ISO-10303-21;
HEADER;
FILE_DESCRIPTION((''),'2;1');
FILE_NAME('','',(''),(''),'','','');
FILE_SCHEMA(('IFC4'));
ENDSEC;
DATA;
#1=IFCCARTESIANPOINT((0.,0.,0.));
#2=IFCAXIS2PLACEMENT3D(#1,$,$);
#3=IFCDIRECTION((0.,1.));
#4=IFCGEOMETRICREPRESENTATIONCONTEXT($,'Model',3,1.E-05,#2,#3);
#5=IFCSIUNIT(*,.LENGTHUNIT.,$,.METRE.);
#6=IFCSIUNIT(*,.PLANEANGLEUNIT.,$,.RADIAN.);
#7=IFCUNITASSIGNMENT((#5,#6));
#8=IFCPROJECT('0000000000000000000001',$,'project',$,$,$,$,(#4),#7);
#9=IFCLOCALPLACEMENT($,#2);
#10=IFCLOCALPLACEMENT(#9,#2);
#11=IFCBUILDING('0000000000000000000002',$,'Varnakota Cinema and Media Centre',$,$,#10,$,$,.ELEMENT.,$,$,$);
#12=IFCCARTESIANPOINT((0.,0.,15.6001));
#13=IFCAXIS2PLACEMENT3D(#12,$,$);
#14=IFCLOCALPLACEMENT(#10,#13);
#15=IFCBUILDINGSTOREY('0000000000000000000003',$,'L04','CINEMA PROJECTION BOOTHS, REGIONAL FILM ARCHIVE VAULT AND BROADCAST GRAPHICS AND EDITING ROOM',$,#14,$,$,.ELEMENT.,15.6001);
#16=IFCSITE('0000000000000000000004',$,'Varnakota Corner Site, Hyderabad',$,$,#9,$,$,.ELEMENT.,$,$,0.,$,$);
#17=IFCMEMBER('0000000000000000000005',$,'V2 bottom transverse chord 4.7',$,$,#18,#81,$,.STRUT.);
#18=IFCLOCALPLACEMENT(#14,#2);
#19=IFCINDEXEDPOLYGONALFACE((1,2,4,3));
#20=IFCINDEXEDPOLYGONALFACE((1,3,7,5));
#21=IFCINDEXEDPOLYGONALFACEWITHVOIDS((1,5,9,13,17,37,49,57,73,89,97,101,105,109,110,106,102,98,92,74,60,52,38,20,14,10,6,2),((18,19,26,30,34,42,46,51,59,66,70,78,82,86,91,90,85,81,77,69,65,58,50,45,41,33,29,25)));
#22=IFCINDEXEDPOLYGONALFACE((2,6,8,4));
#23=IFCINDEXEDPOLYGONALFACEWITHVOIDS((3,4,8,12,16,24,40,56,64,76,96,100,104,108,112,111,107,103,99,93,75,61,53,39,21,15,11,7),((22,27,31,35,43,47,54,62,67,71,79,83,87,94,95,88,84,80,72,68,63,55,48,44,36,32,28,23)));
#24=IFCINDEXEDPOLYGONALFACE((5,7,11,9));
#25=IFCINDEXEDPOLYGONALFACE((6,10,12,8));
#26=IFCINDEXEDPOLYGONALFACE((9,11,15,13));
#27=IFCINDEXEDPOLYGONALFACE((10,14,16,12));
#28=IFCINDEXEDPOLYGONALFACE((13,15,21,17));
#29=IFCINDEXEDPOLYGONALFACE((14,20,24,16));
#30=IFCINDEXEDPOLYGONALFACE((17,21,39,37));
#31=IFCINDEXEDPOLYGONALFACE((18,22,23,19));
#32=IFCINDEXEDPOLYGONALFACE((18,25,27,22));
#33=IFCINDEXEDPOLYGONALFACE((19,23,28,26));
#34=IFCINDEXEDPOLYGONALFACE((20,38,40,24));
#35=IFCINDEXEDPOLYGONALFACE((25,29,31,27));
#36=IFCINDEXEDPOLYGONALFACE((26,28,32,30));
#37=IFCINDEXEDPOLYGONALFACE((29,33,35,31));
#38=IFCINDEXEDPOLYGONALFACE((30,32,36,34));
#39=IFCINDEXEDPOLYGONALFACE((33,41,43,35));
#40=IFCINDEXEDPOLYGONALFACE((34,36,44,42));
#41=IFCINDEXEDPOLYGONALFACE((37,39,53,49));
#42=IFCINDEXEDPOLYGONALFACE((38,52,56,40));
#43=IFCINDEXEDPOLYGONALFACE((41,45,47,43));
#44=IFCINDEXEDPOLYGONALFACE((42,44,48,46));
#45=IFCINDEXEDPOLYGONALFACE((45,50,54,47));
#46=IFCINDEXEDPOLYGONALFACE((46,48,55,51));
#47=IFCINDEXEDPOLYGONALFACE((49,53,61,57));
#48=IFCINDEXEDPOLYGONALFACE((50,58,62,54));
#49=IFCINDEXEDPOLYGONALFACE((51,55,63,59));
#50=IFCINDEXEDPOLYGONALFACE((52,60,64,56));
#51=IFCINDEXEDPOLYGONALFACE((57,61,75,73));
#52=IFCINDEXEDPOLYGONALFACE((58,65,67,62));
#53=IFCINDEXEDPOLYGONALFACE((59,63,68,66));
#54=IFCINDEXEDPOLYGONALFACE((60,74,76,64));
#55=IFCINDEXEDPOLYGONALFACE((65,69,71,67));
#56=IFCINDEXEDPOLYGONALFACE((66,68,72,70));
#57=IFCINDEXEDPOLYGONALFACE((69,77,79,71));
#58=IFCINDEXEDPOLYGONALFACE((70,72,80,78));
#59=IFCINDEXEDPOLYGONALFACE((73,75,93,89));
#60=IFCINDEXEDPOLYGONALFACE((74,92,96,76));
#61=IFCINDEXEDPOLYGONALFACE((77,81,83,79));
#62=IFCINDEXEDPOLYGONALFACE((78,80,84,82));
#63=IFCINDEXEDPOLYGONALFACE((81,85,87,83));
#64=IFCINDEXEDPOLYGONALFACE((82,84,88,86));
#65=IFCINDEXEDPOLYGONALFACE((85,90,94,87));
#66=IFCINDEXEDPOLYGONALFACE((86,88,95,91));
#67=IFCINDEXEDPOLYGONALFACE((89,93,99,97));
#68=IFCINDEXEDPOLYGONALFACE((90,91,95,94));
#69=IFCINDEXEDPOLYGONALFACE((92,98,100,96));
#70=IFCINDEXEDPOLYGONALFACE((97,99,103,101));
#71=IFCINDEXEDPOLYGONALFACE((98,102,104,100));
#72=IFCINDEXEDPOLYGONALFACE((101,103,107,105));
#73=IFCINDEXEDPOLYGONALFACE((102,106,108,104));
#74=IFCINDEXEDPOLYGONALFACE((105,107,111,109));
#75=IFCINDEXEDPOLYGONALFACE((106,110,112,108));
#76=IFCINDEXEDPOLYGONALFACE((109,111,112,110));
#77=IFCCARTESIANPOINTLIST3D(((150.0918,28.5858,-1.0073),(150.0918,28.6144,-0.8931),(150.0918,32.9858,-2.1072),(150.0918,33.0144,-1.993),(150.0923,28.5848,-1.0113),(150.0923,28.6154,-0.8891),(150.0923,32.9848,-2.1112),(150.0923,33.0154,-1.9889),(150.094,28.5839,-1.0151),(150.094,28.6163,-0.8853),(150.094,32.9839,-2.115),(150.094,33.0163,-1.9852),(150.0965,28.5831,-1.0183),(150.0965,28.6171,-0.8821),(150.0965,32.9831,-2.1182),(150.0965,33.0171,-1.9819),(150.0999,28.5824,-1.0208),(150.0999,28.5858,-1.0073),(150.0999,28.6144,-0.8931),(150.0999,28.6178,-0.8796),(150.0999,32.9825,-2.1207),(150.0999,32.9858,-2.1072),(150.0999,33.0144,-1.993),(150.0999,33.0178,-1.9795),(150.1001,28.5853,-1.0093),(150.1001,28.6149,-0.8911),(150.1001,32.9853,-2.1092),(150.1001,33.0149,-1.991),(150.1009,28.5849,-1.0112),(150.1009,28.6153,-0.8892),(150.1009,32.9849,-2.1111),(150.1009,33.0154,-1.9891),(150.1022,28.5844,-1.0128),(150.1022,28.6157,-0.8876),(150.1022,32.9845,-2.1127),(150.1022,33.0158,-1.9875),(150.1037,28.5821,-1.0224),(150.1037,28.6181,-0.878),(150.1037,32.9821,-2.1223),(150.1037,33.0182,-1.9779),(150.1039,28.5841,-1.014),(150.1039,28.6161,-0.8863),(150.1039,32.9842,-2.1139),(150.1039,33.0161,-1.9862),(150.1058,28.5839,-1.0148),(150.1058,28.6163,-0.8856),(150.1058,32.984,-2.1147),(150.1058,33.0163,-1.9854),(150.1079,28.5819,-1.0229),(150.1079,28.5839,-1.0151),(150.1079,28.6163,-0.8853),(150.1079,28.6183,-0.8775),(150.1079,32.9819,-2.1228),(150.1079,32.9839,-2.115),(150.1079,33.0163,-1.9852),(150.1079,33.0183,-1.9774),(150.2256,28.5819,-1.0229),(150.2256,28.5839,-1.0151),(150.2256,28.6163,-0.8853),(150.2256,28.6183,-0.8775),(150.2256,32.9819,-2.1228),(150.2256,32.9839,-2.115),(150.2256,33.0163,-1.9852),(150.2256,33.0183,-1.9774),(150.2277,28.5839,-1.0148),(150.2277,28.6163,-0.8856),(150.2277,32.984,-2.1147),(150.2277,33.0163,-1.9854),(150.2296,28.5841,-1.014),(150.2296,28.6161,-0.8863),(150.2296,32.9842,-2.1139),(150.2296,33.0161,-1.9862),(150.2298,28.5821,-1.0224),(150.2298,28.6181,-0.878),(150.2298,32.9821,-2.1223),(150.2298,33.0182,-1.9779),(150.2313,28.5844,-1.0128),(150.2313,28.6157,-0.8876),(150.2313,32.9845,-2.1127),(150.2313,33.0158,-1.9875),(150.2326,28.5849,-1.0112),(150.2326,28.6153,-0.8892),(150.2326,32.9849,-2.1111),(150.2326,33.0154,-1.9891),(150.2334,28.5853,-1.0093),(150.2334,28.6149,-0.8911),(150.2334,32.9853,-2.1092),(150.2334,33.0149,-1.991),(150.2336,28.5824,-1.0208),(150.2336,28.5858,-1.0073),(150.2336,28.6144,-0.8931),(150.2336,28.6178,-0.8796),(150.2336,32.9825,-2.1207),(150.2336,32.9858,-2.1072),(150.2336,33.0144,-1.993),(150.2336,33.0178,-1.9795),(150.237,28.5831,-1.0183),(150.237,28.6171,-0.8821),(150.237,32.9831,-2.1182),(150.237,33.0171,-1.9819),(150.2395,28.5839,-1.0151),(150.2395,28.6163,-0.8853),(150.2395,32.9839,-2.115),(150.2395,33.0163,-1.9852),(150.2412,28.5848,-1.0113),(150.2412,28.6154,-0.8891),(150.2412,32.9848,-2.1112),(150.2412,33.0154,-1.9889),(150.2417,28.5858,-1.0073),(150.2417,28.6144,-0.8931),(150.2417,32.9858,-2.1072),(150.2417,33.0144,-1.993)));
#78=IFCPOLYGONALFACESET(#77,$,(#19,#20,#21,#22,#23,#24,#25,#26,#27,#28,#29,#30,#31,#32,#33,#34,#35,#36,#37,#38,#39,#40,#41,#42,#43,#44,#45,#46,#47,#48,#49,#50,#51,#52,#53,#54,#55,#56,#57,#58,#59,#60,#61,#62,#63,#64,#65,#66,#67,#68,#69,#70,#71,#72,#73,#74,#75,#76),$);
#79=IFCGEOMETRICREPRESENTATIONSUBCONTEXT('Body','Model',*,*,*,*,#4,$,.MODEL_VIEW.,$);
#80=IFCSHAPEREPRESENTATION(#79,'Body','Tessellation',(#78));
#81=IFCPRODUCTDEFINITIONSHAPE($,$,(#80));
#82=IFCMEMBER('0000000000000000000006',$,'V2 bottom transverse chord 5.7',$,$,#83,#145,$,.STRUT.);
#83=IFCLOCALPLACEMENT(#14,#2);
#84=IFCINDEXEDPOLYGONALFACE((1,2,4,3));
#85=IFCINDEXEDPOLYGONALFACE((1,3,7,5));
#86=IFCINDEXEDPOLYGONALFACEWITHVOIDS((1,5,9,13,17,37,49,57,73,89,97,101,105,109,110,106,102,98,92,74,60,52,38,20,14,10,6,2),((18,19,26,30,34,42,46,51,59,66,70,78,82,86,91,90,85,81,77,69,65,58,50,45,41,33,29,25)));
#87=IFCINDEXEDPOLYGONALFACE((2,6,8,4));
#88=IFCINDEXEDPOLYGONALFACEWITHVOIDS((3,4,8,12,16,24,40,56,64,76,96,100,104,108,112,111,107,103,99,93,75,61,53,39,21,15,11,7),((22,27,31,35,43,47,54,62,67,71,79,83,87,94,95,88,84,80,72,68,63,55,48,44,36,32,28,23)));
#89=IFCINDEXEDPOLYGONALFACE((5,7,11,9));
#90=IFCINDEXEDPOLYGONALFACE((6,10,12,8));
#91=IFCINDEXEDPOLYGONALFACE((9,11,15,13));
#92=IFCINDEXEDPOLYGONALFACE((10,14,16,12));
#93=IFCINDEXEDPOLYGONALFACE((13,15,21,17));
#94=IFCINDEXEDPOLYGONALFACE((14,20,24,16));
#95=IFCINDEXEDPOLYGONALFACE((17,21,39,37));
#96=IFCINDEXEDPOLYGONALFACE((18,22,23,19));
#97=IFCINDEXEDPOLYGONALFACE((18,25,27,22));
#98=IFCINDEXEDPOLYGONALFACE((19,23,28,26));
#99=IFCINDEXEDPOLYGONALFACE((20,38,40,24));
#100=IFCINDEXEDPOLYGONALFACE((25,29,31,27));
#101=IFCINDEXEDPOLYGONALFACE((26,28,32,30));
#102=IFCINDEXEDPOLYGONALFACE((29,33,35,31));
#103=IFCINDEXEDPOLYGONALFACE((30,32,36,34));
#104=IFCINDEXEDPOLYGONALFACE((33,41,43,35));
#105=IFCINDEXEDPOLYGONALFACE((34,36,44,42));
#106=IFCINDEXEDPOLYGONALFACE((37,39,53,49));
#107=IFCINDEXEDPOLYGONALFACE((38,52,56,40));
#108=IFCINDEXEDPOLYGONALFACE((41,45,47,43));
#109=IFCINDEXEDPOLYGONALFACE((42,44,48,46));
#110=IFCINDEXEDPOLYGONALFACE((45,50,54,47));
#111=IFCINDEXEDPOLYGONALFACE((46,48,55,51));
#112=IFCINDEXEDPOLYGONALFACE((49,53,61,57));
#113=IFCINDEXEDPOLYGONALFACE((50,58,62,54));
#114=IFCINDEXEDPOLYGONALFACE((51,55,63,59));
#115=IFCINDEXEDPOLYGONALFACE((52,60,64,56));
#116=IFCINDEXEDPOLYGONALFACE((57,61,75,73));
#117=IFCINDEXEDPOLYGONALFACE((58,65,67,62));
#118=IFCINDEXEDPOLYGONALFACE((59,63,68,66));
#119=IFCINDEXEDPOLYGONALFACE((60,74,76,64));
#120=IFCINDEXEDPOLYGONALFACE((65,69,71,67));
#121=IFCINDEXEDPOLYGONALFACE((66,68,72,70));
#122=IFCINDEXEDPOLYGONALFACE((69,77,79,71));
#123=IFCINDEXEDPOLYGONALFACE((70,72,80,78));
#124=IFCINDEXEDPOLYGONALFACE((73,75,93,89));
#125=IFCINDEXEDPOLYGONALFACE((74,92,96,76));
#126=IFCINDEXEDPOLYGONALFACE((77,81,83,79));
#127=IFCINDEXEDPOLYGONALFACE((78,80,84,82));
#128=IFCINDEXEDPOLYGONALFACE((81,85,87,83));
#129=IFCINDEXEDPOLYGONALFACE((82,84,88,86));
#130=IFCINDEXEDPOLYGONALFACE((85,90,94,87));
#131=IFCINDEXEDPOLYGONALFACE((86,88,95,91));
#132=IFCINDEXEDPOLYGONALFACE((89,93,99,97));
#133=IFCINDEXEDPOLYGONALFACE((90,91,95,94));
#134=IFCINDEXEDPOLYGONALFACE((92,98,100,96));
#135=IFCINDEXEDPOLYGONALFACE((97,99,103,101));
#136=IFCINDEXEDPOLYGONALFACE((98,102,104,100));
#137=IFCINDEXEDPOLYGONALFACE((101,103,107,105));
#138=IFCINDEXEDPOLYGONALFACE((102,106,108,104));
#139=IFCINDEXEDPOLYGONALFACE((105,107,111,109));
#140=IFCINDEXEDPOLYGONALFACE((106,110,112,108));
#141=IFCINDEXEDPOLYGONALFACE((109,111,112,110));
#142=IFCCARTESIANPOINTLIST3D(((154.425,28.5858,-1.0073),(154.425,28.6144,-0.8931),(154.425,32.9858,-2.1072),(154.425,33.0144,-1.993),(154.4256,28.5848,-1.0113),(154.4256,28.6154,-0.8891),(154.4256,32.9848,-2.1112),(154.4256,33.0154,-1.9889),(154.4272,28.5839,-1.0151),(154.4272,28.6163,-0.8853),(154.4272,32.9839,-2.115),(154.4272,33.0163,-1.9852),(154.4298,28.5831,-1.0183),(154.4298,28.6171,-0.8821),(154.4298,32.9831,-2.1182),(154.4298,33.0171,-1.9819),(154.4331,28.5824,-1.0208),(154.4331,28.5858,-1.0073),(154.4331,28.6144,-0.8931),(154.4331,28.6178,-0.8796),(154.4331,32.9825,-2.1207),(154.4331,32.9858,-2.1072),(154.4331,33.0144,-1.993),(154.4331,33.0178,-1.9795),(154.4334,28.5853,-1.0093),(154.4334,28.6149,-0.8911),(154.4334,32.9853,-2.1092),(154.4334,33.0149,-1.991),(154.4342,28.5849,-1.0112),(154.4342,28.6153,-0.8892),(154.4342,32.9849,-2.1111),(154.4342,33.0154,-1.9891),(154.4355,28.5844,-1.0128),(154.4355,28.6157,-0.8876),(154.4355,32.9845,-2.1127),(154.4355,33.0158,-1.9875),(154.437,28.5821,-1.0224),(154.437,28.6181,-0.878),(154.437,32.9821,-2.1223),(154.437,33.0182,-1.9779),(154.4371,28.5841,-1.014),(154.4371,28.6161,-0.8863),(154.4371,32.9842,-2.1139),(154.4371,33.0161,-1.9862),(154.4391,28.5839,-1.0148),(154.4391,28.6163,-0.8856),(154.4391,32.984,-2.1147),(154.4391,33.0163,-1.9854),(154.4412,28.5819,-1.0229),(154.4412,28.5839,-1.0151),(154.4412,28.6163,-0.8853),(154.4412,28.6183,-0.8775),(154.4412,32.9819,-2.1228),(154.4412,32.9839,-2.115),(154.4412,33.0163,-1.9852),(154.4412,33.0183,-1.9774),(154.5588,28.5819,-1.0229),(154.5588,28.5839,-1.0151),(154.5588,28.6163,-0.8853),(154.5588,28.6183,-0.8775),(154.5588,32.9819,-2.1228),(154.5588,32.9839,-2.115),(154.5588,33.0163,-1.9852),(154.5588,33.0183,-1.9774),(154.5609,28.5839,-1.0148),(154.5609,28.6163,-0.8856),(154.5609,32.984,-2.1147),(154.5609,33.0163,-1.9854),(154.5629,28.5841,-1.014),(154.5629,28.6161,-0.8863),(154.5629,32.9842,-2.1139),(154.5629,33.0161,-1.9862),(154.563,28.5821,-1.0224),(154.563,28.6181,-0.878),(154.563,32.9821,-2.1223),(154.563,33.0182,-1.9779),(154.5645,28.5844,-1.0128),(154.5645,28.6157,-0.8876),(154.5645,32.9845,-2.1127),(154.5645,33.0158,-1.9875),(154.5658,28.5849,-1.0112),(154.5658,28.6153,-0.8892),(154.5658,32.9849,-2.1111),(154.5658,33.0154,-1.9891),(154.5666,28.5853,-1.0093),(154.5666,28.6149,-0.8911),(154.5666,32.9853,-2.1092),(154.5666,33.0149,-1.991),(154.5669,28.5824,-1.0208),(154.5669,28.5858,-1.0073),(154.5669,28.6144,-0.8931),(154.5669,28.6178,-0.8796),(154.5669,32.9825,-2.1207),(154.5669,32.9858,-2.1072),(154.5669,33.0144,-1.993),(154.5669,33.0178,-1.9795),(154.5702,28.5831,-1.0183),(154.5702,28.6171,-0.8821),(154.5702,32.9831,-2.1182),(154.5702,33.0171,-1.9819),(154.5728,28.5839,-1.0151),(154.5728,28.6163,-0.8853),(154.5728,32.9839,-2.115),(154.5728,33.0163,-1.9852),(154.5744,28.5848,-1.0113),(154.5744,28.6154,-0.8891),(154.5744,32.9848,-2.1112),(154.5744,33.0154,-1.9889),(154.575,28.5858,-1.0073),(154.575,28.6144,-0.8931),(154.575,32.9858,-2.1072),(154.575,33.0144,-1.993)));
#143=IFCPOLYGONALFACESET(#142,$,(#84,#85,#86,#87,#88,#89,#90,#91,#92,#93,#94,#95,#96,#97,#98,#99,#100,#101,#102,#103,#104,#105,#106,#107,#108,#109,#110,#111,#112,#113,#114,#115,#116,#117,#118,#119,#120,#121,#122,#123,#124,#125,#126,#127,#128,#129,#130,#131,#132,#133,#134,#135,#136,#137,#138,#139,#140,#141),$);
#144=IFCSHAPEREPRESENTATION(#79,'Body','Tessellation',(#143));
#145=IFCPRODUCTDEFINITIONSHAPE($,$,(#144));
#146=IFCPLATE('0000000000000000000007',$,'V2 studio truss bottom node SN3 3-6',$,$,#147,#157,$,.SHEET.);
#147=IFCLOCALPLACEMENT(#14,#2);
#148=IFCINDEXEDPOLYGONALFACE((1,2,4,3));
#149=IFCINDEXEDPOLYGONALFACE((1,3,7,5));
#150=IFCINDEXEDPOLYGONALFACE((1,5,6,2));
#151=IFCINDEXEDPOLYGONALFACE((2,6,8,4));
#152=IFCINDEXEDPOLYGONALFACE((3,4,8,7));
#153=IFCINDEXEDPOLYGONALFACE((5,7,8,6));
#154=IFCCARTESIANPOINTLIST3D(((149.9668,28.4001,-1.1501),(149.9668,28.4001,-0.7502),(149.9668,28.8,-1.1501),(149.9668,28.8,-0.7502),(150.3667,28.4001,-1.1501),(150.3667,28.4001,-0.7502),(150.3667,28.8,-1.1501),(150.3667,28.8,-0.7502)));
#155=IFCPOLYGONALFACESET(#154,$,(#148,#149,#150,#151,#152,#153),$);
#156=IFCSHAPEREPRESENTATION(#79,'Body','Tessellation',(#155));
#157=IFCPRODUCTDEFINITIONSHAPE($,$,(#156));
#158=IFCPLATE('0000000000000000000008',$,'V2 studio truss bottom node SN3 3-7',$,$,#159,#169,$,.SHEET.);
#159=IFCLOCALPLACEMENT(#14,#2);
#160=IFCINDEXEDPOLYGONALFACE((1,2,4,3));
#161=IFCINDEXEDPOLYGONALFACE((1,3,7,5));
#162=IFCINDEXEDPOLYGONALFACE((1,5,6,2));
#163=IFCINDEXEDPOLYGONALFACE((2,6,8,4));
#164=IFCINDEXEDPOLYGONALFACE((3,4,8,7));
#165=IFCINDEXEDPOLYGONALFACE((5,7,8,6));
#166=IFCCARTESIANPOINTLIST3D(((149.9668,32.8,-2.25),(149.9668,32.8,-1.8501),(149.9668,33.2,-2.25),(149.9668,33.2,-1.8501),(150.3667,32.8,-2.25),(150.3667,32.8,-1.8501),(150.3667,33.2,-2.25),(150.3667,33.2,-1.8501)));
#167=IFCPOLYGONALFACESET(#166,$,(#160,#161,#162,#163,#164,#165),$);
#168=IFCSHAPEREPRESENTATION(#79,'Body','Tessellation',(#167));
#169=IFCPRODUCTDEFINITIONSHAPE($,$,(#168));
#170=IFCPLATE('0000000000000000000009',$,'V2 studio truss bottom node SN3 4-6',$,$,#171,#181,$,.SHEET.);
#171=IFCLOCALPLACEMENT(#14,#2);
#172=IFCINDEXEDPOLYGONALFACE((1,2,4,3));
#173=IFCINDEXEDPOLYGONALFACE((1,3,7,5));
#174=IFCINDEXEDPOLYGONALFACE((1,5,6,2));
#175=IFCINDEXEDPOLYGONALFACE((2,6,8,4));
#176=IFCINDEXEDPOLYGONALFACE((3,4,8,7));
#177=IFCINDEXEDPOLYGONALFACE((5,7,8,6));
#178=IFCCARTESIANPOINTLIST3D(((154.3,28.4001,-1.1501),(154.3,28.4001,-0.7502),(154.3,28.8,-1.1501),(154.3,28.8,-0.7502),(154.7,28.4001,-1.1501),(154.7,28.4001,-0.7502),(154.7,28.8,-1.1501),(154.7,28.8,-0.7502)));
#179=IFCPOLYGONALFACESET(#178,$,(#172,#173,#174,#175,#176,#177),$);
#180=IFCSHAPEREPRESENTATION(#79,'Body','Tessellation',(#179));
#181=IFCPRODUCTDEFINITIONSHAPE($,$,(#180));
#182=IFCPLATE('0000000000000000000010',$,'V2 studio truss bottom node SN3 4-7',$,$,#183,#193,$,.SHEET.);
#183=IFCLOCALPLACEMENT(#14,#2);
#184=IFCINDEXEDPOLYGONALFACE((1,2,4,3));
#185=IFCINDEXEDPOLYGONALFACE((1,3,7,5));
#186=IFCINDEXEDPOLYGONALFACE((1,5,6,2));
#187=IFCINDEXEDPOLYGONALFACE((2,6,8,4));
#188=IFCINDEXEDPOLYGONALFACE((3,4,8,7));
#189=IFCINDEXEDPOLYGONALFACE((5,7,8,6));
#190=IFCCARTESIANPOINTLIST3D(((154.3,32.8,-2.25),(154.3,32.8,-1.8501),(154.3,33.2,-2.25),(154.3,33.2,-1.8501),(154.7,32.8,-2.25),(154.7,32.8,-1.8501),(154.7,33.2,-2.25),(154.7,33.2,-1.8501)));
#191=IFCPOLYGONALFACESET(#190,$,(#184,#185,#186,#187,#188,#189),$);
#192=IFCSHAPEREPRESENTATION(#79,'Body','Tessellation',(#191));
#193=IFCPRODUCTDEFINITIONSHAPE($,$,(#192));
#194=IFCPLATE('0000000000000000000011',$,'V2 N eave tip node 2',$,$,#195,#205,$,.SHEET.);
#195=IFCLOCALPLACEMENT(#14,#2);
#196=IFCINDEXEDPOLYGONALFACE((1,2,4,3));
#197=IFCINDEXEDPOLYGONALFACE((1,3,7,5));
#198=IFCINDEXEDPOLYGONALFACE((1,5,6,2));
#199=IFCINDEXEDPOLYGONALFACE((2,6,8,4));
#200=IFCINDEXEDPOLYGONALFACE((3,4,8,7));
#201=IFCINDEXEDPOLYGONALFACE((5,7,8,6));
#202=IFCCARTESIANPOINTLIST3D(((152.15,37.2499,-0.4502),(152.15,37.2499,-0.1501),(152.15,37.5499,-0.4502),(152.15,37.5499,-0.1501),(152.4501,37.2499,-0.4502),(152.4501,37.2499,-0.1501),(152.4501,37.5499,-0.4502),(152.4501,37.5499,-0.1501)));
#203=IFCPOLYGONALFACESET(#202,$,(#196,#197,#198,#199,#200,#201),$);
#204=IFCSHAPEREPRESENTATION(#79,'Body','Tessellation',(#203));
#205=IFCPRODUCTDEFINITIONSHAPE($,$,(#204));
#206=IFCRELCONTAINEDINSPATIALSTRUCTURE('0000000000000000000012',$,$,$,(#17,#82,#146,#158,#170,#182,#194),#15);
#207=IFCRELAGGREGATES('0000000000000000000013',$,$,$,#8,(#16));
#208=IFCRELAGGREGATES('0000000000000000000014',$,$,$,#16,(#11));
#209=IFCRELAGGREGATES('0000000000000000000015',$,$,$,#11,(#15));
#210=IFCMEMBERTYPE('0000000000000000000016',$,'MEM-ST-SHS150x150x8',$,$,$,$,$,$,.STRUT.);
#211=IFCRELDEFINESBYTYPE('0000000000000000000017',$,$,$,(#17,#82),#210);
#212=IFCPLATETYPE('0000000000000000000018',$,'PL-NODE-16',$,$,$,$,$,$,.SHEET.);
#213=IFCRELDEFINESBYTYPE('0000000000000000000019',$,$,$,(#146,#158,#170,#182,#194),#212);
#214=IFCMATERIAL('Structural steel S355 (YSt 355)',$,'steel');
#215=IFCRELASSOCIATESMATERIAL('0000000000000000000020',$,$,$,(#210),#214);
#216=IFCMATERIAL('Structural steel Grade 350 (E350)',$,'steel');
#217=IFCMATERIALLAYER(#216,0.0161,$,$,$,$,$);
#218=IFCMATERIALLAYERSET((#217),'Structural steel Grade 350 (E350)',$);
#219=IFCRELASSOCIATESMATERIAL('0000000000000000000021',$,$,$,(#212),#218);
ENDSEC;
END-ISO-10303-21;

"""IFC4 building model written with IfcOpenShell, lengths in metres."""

from ifc_helpers import new_model, si_unit, direction, frame, origin, origin_2d, place, context, subcontext, project, spatial, rectangle, hollow_rectangle, extrude, material, layer, layer_set, material_profile, profile_set, type_object, element, save


model = new_model("IFC4")

# Units and contexts
model_context = context("Model", 3, precision=1e-05, world=origin(), true_north=direction((0.0, 1.0)))
body_context = subcontext(model_context, "Body", "Model", "MODEL_VIEW")
ifc_project = project(units=[si_unit("LENGTHUNIT", "METRE"), si_unit("PLANEANGLEUNIT", "RADIAN")], contexts=[model_context])

# Site, building, storey
site_placement = place(None, origin())
site = spatial("IfcSite", under=ifc_project, at=site_placement, Name="Varnakota Corner Site, Hyderabad", CompositionType="ELEMENT", RefElevation=0.0)
building_placement = place(site_placement, origin())
building = spatial("IfcBuilding", under=site, at=building_placement, Name="Varnakota Cinema and Media Centre", CompositionType="ELEMENT")
storey_placement = place(building_placement, frame((0.0, 0.0, 15.6001)))
storey = spatial("IfcBuildingStorey", under=building, at=storey_placement, Name="L04", Description="CINEMA PROJECTION BOOTHS, REGIONAL FILM ARCHIVE VAULT AND BROADCAST GRAPHICS AND EDITING ROOM", CompositionType="ELEMENT", Elevation=15.6001)

# Members
ifc_material_1 = material(Name="Structural steel S355 (YSt 355)", Category="steel")
ifc_material_profile_1 = material_profile(ifc_material_1, hollow_rectangle(XDim=0.1499, YDim=0.1499, WallThickness=0.0081, InnerFilletRadius=0.0081, OuterFilletRadius=0.0161, at=origin_2d()), Name="SHS 150x150x8")
ifc_profile_set_1 = profile_set([ifc_material_profile_1], Name="Structural steel S355 (YSt 355)")
member_type_1 = type_object("IfcMemberType", Name="MEM-ST-SHS150x150x8", PredefinedType="STRUT", material=ifc_profile_set_1)
for number, where, z_axis, x_axis, name in (
    (1, (150.1667, 28.6001, -0.9502), (0.0, 0.970149, -0.24251), (-1.0, 0.0, 0.0), "V2 bottom transverse chord 4.7"),
    (2, (154.5, 28.6001, -0.9502), (0.0, 0.970149, -0.24251), (-1.0, 0.0, 0.0), "V2 bottom transverse chord 5.7"),
):
    element("IfcMember", number, at=place(storey_placement, frame(where, z_axis=z_axis, x_axis=x_axis)), inside=storey, type_object=member_type_1, Name=name, PredefinedType="STRUT", context=body_context, shape_type="SweptSolid", body=[
        extrude(hollow_rectangle(XDim=0.1499, YDim=0.1499, WallThickness=0.0081, InnerFilletRadius=0.0081, OuterFilletRadius=0.0161, at=origin_2d()), origin(), (0.0, 0.0, 1.0), 4.5354),
    ])

# Plates
ifc_material_2 = material(Name="Structural steel Grade 350 (E350)", Category="steel")
ifc_layer_1 = layer(ifc_material_2, 0.0161)
ifc_layer_set_1 = layer_set([ifc_layer_1], Name="Structural steel Grade 350 (E350)")
plate_type_1 = type_object("IfcPlateType", Name="PL-NODE-16", PredefinedType="SHEET", material=ifc_layer_set_1)
for number, where, z_axis, x_axis, name in (
    (3, (150.1667, 28.6001, -1.1501), (0.0, 0.0, 1.0), (1.0, 0.0, 0.0), "V2 studio truss bottom node SN3 3-6"),
    (4, (150.1667, 33.0, -2.25), (0.0, 0.0, 1.0), (1.0, 0.0, 0.0), "V2 studio truss bottom node SN3 3-7"),
    (5, (154.5, 28.6001, -1.1501), (0.0, 0.0, 1.0), (1.0, 0.0, 0.0), "V2 studio truss bottom node SN3 4-6"),
    (6, (154.5, 33.0, -2.25), (0.0, 0.0, 1.0), (1.0, 0.0, 0.0), "V2 studio truss bottom node SN3 4-7"),
):
    element("IfcPlate", number, at=place(storey_placement, frame(where, z_axis=z_axis, x_axis=x_axis)), inside=storey, type_object=plate_type_1, Name=name, PredefinedType="SHEET", context=body_context, shape_type="SweptSolid", body=[
        extrude(rectangle(XDim=0.3999, YDim=0.3999, at=origin_2d()), origin(), (0.0, 0.0, 1.0), 0.3999),
    ])
plate_placement = place(storey_placement, frame((152.3, 37.3999, -0.4502), z_axis=(0.0, 0.0, 1.0), x_axis=(1.0, 0.0, 0.0)))
element("IfcPlate", 7, at=plate_placement, inside=storey, type_object=plate_type_1, Name="V2 N eave tip node 2", PredefinedType="SHEET", context=body_context, shape_type="SweptSolid", body=[
    extrude(rectangle(XDim=0.3, YDim=0.3, at=origin_2d()), origin(), (0.0, 0.0, 1.0), 0.3),
])

save(model, "model.ifc")
